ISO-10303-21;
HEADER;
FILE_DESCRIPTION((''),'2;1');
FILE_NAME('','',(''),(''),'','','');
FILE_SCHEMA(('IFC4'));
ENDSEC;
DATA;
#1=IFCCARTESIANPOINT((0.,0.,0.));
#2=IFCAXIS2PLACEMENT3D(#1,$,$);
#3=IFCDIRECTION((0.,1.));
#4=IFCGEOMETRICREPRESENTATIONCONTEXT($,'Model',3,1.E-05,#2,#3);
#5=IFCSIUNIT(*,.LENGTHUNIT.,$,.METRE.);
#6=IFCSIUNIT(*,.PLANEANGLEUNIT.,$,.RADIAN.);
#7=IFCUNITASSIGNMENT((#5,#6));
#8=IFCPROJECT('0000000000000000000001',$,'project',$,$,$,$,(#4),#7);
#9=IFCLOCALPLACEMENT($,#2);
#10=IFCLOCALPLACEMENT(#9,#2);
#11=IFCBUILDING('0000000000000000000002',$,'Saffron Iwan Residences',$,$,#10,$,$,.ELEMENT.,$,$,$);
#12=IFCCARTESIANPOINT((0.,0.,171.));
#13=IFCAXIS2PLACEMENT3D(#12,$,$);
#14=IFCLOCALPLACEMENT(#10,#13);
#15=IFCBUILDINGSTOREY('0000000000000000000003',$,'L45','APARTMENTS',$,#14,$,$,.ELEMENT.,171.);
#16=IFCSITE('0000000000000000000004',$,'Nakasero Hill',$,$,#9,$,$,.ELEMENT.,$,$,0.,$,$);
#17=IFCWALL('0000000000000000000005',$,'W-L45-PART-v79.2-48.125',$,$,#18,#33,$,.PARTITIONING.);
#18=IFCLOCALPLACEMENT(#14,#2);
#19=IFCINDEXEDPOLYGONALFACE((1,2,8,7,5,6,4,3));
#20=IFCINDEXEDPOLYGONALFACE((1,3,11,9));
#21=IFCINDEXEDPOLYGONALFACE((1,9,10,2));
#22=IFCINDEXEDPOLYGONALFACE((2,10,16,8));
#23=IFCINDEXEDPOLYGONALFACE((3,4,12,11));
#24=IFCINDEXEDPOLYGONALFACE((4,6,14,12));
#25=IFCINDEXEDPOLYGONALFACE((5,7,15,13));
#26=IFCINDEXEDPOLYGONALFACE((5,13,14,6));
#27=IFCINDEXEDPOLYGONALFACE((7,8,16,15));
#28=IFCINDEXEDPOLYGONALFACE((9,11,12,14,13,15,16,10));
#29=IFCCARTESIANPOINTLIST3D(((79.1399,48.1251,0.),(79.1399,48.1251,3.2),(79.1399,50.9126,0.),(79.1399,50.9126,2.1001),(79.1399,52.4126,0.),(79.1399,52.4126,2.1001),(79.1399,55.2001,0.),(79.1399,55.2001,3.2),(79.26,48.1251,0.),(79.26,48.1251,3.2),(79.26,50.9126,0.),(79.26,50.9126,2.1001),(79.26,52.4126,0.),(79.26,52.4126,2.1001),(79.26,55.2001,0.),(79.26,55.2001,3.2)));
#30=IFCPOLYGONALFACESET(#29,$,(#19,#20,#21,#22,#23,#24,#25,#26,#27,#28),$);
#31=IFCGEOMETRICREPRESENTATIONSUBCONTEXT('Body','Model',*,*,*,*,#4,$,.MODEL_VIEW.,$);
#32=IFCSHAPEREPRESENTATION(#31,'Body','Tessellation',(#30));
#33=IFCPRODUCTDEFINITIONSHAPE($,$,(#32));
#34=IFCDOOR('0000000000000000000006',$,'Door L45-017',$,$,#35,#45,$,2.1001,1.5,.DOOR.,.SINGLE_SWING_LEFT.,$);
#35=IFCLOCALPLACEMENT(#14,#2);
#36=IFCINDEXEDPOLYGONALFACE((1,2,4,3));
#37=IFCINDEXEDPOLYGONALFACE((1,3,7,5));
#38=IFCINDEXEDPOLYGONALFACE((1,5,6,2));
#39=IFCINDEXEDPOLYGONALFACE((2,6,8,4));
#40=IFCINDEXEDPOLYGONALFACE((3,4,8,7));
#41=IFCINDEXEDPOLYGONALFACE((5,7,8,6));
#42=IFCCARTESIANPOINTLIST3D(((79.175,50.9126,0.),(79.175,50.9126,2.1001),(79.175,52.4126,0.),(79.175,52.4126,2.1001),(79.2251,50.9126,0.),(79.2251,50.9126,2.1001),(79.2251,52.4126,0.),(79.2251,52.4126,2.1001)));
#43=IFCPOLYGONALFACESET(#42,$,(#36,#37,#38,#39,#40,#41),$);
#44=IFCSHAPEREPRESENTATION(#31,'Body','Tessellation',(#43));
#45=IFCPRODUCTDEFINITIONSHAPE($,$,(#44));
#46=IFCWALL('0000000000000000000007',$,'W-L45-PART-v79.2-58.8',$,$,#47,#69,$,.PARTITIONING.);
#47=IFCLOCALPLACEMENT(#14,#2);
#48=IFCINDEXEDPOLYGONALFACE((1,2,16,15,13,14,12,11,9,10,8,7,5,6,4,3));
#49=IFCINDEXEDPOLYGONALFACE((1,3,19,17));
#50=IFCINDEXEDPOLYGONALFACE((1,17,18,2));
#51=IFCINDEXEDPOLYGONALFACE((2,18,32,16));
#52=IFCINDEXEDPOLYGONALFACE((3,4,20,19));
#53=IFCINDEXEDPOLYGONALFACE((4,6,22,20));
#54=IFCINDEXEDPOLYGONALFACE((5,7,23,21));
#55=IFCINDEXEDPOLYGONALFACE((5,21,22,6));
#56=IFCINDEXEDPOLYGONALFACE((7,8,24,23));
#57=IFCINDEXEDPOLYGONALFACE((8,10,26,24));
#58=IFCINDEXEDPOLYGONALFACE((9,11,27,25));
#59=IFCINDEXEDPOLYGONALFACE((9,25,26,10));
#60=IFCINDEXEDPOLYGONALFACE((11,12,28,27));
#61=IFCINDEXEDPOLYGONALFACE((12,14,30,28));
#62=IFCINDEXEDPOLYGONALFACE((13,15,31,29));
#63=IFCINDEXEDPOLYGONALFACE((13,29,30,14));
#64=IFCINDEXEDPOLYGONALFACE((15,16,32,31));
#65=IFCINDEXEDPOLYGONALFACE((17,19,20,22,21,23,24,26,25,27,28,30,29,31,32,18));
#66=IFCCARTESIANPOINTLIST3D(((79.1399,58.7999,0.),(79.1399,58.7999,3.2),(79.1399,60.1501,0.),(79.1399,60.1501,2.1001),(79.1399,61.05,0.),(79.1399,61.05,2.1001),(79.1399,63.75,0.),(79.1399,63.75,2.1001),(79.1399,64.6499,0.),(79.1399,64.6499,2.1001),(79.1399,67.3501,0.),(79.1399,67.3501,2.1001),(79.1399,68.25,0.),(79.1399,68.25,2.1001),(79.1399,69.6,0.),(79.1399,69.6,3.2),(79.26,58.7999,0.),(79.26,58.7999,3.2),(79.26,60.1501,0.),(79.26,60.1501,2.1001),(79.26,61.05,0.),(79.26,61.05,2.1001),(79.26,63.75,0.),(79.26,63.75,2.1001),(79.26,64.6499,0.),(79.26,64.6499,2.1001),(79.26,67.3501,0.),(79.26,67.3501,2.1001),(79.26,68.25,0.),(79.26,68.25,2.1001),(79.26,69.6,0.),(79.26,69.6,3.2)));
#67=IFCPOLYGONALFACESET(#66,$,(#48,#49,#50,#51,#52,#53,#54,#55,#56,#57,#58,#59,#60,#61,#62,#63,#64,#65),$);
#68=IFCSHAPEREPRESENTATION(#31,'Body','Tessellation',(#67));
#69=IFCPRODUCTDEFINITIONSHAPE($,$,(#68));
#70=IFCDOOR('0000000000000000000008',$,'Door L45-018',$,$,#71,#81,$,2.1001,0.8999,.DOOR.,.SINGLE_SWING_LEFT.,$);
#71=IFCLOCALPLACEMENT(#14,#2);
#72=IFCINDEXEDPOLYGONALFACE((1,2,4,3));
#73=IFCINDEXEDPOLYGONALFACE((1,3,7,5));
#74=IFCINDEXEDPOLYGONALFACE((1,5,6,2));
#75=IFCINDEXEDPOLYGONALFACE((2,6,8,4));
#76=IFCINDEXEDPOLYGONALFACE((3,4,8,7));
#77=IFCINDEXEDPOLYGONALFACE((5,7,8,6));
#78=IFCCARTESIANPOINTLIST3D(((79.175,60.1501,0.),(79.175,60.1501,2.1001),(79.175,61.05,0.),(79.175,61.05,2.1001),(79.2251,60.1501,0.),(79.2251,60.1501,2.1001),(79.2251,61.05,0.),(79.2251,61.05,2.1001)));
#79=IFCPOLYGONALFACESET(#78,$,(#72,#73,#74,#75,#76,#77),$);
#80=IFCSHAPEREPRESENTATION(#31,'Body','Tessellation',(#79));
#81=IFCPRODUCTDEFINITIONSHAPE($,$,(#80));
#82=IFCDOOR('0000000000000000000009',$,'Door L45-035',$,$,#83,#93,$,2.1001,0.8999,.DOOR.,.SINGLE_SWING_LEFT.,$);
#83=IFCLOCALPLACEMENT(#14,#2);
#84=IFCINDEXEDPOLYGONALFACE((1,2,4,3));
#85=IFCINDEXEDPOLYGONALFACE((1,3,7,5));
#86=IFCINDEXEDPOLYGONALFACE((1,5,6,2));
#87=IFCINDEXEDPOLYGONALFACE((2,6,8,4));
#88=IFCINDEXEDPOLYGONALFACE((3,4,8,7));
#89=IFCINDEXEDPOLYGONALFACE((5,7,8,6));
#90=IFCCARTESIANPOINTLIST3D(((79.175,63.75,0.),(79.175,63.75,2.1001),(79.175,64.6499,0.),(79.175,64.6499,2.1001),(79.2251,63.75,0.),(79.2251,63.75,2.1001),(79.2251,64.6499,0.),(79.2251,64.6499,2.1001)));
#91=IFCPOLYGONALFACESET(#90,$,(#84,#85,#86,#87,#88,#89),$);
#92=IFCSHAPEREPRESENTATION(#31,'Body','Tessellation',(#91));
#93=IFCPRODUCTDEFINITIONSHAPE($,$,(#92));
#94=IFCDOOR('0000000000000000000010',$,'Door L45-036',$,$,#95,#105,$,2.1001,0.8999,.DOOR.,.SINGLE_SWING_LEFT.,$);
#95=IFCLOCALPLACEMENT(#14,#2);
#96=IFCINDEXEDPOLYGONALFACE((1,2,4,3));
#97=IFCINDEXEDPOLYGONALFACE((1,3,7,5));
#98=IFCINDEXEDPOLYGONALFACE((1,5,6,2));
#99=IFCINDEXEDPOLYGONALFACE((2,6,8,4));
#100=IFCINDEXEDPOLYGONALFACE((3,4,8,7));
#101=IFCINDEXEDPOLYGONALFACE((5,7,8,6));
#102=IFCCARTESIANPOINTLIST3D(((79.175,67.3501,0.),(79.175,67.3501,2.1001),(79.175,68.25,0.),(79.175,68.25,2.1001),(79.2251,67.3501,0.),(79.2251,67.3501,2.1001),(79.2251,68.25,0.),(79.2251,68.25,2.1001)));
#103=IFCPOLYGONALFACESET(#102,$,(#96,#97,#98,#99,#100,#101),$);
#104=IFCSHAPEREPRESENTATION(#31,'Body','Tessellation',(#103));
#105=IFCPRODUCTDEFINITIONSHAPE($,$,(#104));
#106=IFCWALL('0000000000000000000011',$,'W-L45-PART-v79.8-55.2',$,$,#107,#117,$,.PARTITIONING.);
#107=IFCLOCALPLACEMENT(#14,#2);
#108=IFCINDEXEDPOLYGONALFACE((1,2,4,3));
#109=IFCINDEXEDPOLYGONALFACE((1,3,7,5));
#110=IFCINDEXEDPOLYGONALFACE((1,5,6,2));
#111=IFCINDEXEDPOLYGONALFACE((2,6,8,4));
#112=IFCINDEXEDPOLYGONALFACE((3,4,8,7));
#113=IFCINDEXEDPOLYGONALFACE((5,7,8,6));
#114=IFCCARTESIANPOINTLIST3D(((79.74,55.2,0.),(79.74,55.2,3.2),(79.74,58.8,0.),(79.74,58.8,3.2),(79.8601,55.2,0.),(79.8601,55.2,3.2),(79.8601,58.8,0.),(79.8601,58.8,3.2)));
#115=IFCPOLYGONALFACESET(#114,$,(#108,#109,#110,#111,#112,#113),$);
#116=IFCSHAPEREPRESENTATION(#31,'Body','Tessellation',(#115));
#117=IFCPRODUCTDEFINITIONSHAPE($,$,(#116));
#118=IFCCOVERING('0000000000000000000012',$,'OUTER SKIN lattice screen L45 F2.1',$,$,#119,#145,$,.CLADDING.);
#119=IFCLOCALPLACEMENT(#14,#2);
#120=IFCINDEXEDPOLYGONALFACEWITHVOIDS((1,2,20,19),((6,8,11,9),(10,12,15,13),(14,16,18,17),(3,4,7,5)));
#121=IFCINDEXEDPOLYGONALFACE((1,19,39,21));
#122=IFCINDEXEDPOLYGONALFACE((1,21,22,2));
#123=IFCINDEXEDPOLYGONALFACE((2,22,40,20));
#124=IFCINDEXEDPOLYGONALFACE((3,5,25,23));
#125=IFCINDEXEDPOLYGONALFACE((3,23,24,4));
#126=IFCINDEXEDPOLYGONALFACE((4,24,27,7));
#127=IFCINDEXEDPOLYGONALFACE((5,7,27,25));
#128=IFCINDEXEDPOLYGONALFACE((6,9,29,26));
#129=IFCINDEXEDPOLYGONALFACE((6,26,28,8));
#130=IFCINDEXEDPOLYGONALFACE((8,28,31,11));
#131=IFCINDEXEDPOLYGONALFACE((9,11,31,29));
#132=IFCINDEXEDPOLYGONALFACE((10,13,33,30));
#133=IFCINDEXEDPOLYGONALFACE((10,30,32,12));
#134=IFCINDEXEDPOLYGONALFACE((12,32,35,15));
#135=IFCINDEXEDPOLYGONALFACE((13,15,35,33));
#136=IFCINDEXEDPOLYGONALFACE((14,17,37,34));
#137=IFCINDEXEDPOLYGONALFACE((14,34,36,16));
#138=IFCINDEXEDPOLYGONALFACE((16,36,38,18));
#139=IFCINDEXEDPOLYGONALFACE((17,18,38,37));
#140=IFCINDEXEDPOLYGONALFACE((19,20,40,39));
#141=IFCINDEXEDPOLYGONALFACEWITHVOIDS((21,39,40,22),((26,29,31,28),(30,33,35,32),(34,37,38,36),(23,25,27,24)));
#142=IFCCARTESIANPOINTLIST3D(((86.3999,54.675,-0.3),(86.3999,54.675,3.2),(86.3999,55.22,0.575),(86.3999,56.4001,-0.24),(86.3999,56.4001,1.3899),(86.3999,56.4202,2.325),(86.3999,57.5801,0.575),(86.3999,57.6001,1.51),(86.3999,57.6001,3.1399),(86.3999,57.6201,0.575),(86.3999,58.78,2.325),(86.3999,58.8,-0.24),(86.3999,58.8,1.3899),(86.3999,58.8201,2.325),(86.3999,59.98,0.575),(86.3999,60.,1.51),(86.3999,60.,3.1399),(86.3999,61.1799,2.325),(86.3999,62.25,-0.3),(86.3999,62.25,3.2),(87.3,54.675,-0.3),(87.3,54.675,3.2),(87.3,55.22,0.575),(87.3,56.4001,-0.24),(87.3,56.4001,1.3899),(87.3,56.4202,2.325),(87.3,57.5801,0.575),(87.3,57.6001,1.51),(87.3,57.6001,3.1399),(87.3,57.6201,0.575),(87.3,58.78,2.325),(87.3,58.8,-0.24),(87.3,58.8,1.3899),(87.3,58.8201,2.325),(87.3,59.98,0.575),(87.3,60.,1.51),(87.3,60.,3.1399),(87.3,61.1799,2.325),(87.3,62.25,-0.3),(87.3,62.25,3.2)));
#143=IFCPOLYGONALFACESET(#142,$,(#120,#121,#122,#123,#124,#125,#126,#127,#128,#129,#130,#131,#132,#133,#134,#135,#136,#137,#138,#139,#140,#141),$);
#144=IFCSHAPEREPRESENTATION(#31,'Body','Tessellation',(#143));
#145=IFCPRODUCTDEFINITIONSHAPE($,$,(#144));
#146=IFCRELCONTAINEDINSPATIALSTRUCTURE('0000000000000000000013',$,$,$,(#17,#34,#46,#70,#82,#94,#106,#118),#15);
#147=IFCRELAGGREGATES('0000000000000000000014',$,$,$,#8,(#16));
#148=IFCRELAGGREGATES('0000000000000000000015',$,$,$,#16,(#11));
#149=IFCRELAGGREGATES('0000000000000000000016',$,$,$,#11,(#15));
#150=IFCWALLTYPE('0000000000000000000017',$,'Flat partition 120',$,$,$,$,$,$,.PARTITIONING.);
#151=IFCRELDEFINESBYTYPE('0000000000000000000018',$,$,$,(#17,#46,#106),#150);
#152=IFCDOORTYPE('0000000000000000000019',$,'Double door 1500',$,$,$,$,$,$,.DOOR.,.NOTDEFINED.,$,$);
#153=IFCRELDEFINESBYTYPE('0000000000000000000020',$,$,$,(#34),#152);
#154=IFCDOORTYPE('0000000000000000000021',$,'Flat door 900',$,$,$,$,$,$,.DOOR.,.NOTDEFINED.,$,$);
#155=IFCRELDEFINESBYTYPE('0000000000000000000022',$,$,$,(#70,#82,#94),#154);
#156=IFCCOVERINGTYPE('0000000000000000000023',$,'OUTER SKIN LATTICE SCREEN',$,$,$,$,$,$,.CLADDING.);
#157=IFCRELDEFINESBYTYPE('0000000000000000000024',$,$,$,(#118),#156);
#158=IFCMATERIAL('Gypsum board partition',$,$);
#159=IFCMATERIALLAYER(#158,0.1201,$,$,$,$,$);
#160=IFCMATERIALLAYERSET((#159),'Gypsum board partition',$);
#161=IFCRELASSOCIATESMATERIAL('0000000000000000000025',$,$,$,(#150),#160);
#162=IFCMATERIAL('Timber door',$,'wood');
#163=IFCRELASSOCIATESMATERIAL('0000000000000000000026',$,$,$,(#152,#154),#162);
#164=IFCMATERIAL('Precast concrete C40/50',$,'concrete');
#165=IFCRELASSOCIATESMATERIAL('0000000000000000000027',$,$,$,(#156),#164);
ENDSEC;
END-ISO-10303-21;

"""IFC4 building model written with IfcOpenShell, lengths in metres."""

from ifc_helpers import new_model, si_unit, direction, frame, frame_2d, origin, place, context, subcontext, project, spatial, polyline, rectangle, outline, extrude, material, layer, layer_set, type_object, element, fill, save


model = new_model("IFC4")

# Units and contexts
model_context = context("Model", 3, precision=1e-05, world=origin(), true_north=direction((0.0, 1.0)))
body_context = subcontext(model_context, "Body", "Model", "MODEL_VIEW")
ifc_project = project(units=[si_unit("LENGTHUNIT", "METRE"), si_unit("PLANEANGLEUNIT", "RADIAN")], contexts=[model_context])

# Site, building, storey
site_placement = place(None, origin())
site = spatial("IfcSite", under=ifc_project, at=site_placement, Name="Nakasero Hill", CompositionType="ELEMENT", RefElevation=0.0)
building_placement = place(site_placement, origin())
building = spatial("IfcBuilding", under=site, at=building_placement, Name="Saffron Iwan Residences", CompositionType="ELEMENT")
storey_placement = place(building_placement, frame((0.0, 0.0, 171.0)))
storey = spatial("IfcBuildingStorey", under=building, at=storey_placement, Name="L45", Description="APARTMENTS", CompositionType="ELEMENT", Elevation=171.0)

# Shared definitions
ifc_material_1 = material(Name="Gypsum board partition")
ifc_layer_1 = layer(ifc_material_1, 0.1201)
ifc_layer_set_1 = layer_set([ifc_layer_1], Name="Gypsum board partition")
wall_type_1 = type_object("IfcWallType", Name="Flat partition 120", PredefinedType="PARTITIONING", material=ifc_layer_set_1)

# Wall, opening, door
ifc_material_2 = material(Name="Timber door", Category="wood")
wall_1_placement = place(storey_placement, frame((79.2, 48.125, 0.0), z_axis=(0.0, 0.0, 1.0), x_axis=(0.0, 1.0, 0.0)))
wall_1 = element("IfcWall", 1, at=wall_1_placement, inside=storey, type_object=wall_type_1, Name="W-L45-PART-v79.2-48.125", PredefinedType="PARTITIONING", context=body_context, shape_type="SweptSolid", body=[
    extrude(rectangle(XDim=7.075, YDim=0.1201, at=frame_2d((3.5376, 0.0))), origin(), (0.0, 0.0, 1.0), 3.2),
])
opening_1_placement = place(wall_1_placement, frame((2.7876, 0.0, 0.0)))
opening_1 = element("IfcOpeningElement", 2, at=opening_1_placement, cuts=wall_1, PredefinedType="OPENING", context=body_context, shape_type="SweptSolid", body=[
    extrude(rectangle(XDim=1.5, YDim=2.1001, at=frame_2d((0.75, 1.05))), frame((0.0, 0.0701, 0.0), z_axis=(0.0, -1.0, 0.0), x_axis=(1.0, 0.0, 0.0)), (0.0, 0.0, 1.0), 0.1401),
])
door_type_1 = type_object("IfcDoorType", Name="Double door 1500", OperationType="NOTDEFINED", PredefinedType="DOOR", material=ifc_material_2)
door_1_placement = place(opening_1_placement, origin())
door_1 = element("IfcDoor", 3, at=door_1_placement, inside=storey, type_object=door_type_1, Name="Door L45-017", OperationType="SINGLE_SWING_LEFT", OverallHeight=2.1001, OverallWidth=1.5, PredefinedType="DOOR", context=body_context, shape_type="SweptSolid", body=[
    extrude(rectangle(XDim=1.5, YDim=2.1001, at=frame_2d((0.75, 1.05))), frame((0.0, 0.0249, 0.0), z_axis=(0.0, -1.0, 0.0), x_axis=(1.0, 0.0, 0.0)), (0.0, 0.0, 1.0), 0.05),
])
fill(opening_1, door_1)

# Wall, openings, doors
wall_2_placement = place(storey_placement, frame((79.2, 58.8, 0.0), z_axis=(0.0, 0.0, 1.0), x_axis=(0.0, 1.0, 0.0)))
wall_2 = element("IfcWall", 4, at=wall_2_placement, inside=storey, type_object=wall_type_1, Name="W-L45-PART-v79.2-58.8", PredefinedType="PARTITIONING", context=body_context, shape_type="SweptSolid", body=[
    extrude(rectangle(XDim=10.8, YDim=0.1201, at=frame_2d((5.3999, 0.0))), origin(), (0.0, 0.0, 1.0), 3.2),
])
opening_2_placement = place(wall_2_placement, frame((1.3501, 0.0, 0.0)))
opening_2 = element("IfcOpeningElement", 5, at=opening_2_placement, cuts=wall_2, PredefinedType="OPENING", context=body_context, shape_type="SweptSolid", body=[
    extrude(rectangle(XDim=0.8999, YDim=2.1001, at=frame_2d((0.45, 1.05))), frame((0.0, 0.0701, 0.0), z_axis=(0.0, -1.0, 0.0), x_axis=(1.0, 0.0, 0.0)), (0.0, 0.0, 1.0), 0.1401),
])
opening_3_placement = place(wall_2_placement, frame((4.95, 0.0, 0.0)))
opening_3 = element("IfcOpeningElement", 6, at=opening_3_placement, cuts=wall_2, PredefinedType="OPENING", context=body_context, shape_type="SweptSolid", body=[
    extrude(rectangle(XDim=0.8999, YDim=2.1001, at=frame_2d((0.45, 1.05))), frame((0.0, 0.0701, 0.0), z_axis=(0.0, -1.0, 0.0), x_axis=(1.0, 0.0, 0.0)), (0.0, 0.0, 1.0), 0.1401),
])
opening_4_placement = place(wall_2_placement, frame((8.55, 0.0, 0.0)))
opening_4 = element("IfcOpeningElement", 7, at=opening_4_placement, cuts=wall_2, PredefinedType="OPENING", context=body_context, shape_type="SweptSolid", body=[
    extrude(rectangle(XDim=0.8999, YDim=2.1001, at=frame_2d((0.45, 1.05))), frame((0.0, 0.0701, 0.0), z_axis=(0.0, -1.0, 0.0), x_axis=(1.0, 0.0, 0.0)), (0.0, 0.0, 1.0), 0.1401),
])
door_type_2 = type_object("IfcDoorType", Name="Flat door 900", OperationType="NOTDEFINED", PredefinedType="DOOR", material=ifc_material_2)
door_2_placement = place(opening_2_placement, origin())
door_2 = element("IfcDoor", 8, at=door_2_placement, inside=storey, type_object=door_type_2, Name="Door L45-018", OperationType="SINGLE_SWING_LEFT", OverallHeight=2.1001, OverallWidth=0.8999, PredefinedType="DOOR", context=body_context, shape_type="SweptSolid", body=[
    extrude(rectangle(XDim=0.8999, YDim=2.1001, at=frame_2d((0.45, 1.05))), frame((0.0, 0.0249, 0.0), z_axis=(0.0, -1.0, 0.0), x_axis=(1.0, 0.0, 0.0)), (0.0, 0.0, 1.0), 0.05),
])
fill(opening_2, door_2)
door_3_placement = place(opening_3_placement, origin())
door_3 = element("IfcDoor", 9, at=door_3_placement, inside=storey, type_object=door_type_2, Name="Door L45-035", OperationType="SINGLE_SWING_LEFT", OverallHeight=2.1001, OverallWidth=0.8999, PredefinedType="DOOR", context=body_context, shape_type="SweptSolid", body=[
    extrude(rectangle(XDim=0.8999, YDim=2.1001, at=frame_2d((0.45, 1.05))), frame((0.0, 0.0249, 0.0), z_axis=(0.0, -1.0, 0.0), x_axis=(1.0, 0.0, 0.0)), (0.0, 0.0, 1.0), 0.05),
])
fill(opening_3, door_3)
door_4_placement = place(opening_4_placement, origin())
door_4 = element("IfcDoor", 10, at=door_4_placement, inside=storey, type_object=door_type_2, Name="Door L45-036", OperationType="SINGLE_SWING_LEFT", OverallHeight=2.1001, OverallWidth=0.8999, PredefinedType="DOOR", context=body_context, shape_type="SweptSolid", body=[
    extrude(rectangle(XDim=0.8999, YDim=2.1001, at=frame_2d((0.45, 1.05))), frame((0.0, 0.0249, 0.0), z_axis=(0.0, -1.0, 0.0), x_axis=(1.0, 0.0, 0.0)), (0.0, 0.0, 1.0), 0.05),
])
fill(opening_4, door_4)

# Wall
wall_3_placement = place(storey_placement, frame((79.8, 55.2, 0.0), z_axis=(0.0, 0.0, 1.0), x_axis=(0.0, 1.0, 0.0)))
element("IfcWall", 11, at=wall_3_placement, inside=storey, type_object=wall_type_1, Name="W-L45-PART-v79.8-55.2", PredefinedType="PARTITIONING", context=body_context, shape_type="SweptSolid", body=[
    extrude(rectangle(XDim=3.6001, YDim=0.1201, at=frame_2d((1.8, 0.0))), origin(), (0.0, 0.0, 1.0), 3.2),
])

# Covering
ifc_material_3 = material(Name="Precast concrete C40/50", Category="concrete")
covering_type = type_object("IfcCoveringType", Name="OUTER SKIN LATTICE SCREEN", PredefinedType="CLADDING", material=ifc_material_3)
covering_placement = place(storey_placement, frame((86.3999, 54.675, -0.3), z_axis=(1.0, 0.0, 0.0), x_axis=(0.0, 1.0, 0.0)))
element("IfcCovering", 12, at=covering_placement, inside=storey, type_object=covering_type, Name="OUTER SKIN lattice screen L45 F2.1", PredefinedType="CLADDING", context=body_context, shape_type="SweptSolid", body=[
    extrude(outline(polyline([(0.0, 0.0), (7.575, 0.0), (7.575, 3.5), (0.0, 3.5), (0.0, 0.0)]), holes=[polyline([(0.5449, 0.875), (1.7251, 0.0601), (2.905, 0.875), (1.7251, 1.6899), (0.5449, 0.875)]), polyline([(2.9451, 0.875), (4.125, 0.0601), (5.3049, 0.875), (4.125, 1.6899), (2.9451, 0.875)]), polyline([(1.7451, 2.625), (2.925, 1.8101), (4.105, 2.625), (2.925, 3.4399), (1.7451, 2.625)]), polyline([(4.145, 2.625), (5.325, 1.8101), (6.5049, 2.625), (5.325, 3.4399), (4.145, 2.625)])]), origin(), (0.0, 0.0, 1.0), 0.9001),
])

save(model, "model.ifc")
